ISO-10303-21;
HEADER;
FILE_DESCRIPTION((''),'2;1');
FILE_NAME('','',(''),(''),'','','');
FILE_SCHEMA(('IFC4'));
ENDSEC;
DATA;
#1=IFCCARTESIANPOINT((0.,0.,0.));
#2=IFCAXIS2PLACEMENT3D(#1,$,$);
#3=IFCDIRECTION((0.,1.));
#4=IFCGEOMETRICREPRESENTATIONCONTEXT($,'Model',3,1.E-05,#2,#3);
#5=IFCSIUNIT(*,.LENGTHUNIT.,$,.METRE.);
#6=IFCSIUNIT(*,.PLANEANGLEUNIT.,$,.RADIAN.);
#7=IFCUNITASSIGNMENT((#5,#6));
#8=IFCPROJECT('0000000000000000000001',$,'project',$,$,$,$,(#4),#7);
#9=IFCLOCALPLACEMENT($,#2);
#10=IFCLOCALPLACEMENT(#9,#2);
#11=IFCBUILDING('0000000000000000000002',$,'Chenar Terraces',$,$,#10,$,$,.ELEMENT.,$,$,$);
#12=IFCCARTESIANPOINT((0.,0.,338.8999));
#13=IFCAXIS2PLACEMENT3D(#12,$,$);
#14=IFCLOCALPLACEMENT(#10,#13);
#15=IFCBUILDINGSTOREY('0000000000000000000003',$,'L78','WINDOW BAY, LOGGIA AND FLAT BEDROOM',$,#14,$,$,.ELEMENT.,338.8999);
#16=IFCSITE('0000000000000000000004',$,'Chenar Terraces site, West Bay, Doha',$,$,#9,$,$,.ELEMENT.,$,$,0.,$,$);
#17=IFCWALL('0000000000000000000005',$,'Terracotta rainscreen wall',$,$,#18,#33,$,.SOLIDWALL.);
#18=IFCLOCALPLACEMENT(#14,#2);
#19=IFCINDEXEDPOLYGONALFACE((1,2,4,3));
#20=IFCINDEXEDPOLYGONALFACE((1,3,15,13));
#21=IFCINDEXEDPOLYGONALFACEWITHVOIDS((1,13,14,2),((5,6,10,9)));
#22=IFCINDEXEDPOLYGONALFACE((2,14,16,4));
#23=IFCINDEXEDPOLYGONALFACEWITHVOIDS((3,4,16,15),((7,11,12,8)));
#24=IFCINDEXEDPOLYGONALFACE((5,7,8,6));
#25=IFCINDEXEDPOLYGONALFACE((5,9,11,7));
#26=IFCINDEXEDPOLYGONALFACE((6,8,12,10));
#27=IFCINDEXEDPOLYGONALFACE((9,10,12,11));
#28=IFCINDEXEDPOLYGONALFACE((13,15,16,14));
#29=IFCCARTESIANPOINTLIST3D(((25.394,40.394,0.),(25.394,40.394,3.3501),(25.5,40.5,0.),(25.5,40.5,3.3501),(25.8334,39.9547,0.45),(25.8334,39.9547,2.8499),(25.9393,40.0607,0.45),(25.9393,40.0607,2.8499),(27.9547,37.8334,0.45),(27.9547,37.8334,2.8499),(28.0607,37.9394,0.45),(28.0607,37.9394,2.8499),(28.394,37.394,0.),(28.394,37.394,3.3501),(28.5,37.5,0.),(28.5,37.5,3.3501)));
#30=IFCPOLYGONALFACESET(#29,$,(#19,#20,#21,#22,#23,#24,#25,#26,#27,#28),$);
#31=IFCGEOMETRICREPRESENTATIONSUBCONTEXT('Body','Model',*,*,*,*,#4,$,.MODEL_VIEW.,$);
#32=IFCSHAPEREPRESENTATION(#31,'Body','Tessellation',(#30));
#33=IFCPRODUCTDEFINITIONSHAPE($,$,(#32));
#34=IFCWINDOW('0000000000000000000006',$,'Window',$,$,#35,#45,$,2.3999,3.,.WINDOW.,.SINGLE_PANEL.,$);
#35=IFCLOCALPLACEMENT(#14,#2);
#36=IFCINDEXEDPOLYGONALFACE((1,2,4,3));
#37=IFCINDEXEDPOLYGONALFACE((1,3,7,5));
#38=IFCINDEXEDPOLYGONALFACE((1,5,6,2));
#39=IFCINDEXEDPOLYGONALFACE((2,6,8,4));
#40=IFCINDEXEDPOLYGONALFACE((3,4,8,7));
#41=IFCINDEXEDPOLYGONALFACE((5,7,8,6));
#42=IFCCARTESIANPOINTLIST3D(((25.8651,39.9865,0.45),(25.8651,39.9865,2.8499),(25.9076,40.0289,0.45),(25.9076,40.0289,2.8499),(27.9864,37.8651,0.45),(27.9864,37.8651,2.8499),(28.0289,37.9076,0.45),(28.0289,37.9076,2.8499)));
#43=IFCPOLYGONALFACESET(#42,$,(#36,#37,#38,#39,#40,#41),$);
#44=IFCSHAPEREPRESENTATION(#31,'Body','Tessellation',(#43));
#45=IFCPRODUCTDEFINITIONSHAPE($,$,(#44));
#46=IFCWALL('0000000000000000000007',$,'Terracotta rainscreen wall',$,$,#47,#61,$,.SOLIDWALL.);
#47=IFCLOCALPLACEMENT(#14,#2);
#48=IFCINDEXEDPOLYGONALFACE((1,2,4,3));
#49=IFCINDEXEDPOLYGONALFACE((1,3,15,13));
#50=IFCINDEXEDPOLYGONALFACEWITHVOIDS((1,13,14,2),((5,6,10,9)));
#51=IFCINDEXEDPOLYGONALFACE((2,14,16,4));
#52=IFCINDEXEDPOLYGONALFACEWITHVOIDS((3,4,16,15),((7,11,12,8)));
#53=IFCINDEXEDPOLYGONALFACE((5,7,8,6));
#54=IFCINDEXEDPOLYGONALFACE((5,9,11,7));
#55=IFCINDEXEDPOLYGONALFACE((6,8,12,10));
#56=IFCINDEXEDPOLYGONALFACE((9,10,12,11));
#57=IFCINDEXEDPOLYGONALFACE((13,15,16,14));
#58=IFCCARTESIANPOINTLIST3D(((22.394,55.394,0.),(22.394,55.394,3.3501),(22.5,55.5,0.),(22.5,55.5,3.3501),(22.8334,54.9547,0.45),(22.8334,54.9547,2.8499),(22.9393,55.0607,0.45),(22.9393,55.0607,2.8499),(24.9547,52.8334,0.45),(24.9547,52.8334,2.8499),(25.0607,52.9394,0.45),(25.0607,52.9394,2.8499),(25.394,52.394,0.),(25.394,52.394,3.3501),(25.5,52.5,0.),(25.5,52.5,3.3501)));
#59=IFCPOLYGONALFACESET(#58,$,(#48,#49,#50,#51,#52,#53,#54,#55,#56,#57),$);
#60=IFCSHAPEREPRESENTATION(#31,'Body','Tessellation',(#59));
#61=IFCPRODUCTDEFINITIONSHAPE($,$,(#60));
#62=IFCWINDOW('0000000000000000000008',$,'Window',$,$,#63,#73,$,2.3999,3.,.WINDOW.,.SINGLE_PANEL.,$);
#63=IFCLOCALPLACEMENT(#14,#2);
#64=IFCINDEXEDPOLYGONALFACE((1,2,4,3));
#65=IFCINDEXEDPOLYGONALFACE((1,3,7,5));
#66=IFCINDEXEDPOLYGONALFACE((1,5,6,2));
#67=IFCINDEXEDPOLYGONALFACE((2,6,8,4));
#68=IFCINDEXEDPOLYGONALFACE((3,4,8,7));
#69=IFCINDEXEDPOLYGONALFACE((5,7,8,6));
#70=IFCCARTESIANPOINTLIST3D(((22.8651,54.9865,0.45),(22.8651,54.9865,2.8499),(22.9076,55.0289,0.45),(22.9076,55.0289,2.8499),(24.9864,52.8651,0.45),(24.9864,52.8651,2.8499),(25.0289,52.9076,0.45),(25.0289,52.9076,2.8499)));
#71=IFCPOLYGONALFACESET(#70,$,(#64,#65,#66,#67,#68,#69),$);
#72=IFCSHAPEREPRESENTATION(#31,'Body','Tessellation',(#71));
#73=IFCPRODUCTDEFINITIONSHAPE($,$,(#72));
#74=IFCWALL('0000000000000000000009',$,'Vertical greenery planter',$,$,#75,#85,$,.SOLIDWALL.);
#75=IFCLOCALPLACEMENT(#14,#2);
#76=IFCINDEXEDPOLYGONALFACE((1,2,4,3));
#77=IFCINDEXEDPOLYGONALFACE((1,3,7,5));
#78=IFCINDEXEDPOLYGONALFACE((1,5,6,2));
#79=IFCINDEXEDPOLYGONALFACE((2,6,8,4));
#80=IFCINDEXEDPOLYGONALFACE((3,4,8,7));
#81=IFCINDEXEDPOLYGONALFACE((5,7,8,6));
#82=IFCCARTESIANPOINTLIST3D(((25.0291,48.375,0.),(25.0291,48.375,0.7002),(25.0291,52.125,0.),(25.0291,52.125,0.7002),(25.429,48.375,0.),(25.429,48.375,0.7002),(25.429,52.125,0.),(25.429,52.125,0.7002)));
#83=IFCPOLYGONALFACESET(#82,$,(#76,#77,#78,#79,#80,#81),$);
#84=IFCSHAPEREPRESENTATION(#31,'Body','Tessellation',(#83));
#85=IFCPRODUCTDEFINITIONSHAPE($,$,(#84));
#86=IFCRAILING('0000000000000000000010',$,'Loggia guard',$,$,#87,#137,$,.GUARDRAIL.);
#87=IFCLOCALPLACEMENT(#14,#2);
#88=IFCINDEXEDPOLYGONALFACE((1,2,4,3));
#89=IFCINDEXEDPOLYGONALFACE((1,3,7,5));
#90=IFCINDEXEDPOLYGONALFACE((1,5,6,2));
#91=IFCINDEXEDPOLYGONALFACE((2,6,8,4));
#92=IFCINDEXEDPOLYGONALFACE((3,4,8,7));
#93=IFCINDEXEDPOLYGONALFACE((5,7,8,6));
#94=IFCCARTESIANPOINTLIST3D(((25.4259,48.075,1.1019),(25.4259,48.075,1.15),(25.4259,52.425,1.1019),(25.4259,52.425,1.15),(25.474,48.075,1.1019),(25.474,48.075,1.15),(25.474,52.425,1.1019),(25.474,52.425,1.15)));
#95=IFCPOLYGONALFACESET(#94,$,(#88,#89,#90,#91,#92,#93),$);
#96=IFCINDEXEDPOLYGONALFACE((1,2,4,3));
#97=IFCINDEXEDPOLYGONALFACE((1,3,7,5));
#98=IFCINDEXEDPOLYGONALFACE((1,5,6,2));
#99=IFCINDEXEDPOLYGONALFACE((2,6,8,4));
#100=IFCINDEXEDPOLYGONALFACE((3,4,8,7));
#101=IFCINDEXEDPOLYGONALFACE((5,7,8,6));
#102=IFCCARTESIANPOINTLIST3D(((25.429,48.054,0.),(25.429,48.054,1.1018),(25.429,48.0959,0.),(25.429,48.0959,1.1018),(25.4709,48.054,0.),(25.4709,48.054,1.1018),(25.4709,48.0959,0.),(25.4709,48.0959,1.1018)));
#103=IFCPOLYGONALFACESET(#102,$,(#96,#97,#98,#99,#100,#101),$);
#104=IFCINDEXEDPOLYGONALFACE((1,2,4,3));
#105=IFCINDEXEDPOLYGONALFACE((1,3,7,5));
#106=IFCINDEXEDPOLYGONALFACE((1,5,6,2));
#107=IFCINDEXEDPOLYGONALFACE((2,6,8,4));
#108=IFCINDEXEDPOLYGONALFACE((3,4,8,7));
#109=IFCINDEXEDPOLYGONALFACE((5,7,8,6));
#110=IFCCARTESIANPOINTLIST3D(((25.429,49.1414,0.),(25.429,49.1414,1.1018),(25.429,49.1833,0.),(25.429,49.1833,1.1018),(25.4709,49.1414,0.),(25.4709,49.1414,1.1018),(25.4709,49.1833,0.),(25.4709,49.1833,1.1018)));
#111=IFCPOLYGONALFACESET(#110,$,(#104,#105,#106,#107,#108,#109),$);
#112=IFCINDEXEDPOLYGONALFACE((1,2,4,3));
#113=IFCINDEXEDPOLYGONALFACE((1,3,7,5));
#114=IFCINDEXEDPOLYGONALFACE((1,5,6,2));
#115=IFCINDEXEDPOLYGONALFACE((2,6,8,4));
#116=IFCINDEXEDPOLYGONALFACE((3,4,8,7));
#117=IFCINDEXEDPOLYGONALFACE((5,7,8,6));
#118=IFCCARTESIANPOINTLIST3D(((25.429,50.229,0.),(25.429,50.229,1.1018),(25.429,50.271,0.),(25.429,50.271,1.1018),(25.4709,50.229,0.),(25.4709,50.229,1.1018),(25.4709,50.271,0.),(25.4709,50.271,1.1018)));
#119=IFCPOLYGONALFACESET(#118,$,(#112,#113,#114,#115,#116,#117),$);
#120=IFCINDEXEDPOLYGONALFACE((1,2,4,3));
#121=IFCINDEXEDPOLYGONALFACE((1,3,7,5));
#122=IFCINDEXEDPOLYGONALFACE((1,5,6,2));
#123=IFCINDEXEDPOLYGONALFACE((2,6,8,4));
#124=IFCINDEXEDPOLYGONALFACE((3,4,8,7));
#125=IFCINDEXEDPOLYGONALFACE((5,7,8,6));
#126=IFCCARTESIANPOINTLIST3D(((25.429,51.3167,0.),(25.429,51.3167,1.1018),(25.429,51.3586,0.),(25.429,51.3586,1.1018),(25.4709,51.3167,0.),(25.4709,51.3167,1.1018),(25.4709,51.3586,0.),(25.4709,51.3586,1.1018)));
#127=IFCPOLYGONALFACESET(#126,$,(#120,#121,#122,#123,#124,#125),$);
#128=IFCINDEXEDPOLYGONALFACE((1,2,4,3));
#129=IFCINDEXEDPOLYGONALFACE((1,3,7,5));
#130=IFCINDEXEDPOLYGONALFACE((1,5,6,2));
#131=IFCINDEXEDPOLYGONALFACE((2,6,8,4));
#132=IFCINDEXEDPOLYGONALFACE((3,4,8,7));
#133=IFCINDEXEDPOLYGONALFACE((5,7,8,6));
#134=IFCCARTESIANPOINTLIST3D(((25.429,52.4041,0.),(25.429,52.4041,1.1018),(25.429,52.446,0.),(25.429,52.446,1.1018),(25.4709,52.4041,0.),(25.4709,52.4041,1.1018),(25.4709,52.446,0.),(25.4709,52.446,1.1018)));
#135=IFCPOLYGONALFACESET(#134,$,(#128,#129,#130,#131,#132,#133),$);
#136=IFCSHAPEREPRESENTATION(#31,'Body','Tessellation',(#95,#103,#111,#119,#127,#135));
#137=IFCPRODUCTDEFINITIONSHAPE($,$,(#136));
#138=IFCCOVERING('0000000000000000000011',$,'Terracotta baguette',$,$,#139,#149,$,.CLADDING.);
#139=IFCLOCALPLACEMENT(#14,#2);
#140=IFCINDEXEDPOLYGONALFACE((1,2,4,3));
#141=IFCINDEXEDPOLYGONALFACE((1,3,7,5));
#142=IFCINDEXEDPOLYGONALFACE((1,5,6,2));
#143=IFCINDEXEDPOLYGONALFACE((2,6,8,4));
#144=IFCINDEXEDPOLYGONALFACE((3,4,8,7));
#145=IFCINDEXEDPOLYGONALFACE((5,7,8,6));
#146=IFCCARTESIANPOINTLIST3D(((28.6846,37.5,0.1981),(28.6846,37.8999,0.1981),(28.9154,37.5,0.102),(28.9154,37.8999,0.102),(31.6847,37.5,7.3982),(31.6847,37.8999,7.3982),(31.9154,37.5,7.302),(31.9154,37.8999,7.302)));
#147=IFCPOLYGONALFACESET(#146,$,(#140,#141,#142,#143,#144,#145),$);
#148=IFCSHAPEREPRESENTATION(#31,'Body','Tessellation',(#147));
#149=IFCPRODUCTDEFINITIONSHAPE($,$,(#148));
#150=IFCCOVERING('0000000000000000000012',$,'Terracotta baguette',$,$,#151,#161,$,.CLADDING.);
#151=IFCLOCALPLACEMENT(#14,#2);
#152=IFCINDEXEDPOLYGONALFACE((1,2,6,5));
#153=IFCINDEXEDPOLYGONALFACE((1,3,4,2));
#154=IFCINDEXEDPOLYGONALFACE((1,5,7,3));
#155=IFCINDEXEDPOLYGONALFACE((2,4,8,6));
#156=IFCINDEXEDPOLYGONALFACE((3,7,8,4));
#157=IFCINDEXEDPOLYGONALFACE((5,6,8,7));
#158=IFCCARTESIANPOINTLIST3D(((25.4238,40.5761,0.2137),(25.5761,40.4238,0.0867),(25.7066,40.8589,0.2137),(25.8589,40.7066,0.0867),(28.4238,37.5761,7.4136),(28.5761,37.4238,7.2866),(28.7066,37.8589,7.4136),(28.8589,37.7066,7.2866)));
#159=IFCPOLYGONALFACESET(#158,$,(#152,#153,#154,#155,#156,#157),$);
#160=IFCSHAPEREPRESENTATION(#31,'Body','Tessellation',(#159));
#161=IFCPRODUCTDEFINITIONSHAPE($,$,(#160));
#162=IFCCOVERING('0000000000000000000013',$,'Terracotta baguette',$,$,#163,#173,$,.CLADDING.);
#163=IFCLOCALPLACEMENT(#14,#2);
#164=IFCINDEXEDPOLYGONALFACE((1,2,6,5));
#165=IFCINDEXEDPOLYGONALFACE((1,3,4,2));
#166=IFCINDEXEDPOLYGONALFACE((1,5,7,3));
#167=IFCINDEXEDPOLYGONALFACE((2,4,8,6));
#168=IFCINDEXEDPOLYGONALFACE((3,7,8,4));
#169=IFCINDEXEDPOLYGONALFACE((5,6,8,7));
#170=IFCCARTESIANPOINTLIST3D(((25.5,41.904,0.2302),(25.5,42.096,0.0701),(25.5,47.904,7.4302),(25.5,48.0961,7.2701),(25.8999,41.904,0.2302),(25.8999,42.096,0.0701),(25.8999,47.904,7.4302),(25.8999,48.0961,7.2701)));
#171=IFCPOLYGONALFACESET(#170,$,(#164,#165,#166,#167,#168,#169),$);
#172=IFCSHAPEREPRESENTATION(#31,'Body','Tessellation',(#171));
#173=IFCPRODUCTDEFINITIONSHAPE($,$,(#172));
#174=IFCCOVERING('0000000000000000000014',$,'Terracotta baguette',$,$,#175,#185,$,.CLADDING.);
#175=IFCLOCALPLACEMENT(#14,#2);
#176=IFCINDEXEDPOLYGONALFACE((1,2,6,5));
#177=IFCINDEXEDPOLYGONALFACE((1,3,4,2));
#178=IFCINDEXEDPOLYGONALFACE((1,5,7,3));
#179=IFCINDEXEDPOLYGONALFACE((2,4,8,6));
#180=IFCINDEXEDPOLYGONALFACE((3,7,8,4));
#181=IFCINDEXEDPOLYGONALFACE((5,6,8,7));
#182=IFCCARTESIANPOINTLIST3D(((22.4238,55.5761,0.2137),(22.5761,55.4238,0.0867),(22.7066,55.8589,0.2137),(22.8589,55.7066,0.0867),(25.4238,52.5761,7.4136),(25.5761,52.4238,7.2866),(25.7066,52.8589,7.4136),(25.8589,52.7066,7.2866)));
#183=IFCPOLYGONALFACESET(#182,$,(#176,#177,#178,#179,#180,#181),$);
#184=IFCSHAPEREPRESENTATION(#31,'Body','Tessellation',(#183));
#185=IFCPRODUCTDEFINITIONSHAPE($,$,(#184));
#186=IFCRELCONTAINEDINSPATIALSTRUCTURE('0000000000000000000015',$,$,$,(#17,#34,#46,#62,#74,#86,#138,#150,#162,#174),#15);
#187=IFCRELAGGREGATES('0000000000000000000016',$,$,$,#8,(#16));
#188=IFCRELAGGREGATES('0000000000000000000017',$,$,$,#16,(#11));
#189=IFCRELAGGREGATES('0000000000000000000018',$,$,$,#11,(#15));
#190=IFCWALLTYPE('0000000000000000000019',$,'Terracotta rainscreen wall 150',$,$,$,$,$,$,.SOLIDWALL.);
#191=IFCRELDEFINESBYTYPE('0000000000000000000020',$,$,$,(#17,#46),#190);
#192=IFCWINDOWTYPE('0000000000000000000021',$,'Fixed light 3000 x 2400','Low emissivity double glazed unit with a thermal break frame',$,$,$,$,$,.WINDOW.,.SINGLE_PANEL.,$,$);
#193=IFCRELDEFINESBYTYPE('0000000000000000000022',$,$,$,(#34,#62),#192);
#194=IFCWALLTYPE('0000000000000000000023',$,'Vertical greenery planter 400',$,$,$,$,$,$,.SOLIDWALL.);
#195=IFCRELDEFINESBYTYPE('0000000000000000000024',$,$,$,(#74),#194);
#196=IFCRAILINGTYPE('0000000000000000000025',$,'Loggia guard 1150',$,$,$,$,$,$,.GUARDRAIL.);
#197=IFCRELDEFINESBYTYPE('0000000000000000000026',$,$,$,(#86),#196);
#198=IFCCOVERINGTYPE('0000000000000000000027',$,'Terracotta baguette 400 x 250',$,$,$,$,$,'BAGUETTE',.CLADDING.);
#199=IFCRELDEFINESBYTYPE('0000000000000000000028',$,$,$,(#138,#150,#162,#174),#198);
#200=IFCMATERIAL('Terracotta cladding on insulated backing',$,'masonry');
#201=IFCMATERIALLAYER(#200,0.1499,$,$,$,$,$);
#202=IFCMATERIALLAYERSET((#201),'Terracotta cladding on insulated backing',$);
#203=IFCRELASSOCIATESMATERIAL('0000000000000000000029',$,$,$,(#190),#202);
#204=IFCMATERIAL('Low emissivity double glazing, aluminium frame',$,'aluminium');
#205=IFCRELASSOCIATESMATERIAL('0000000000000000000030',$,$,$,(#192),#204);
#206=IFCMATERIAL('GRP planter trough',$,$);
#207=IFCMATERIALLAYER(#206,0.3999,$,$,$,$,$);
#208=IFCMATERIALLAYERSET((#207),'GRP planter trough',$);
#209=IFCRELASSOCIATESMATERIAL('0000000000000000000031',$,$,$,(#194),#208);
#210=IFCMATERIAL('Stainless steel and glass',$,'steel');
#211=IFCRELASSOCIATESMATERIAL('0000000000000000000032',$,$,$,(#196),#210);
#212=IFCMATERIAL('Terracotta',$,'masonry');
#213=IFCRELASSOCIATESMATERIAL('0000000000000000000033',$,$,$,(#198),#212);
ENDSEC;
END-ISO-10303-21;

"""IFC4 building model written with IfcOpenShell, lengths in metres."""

from ifc_helpers import new_model, si_unit, direction, frame, frame_2d, origin, origin_2d, place, context, subcontext, project, spatial, rectangle, extrude, material, layer, layer_set, material_profile, profile_set, type_object, element, fill, save


model = new_model("IFC4")

# Units and contexts
model_context = context("Model", 3, precision=1e-05, world=origin(), true_north=direction((0.0, 1.0)))
body_context = subcontext(model_context, "Body", "Model", "MODEL_VIEW")
ifc_project = project(units=[si_unit("LENGTHUNIT", "METRE"), si_unit("PLANEANGLEUNIT", "RADIAN")], contexts=[model_context])

# Site, building, storey
site_placement = place(None, origin())
site = spatial("IfcSite", under=ifc_project, at=site_placement, Name="Chenar Terraces site, West Bay, Doha", CompositionType="ELEMENT", RefElevation=0.0)
building_placement = place(site_placement, origin())
building = spatial("IfcBuilding", under=site, at=building_placement, Name="Chenar Terraces", CompositionType="ELEMENT")
storey_placement = place(building_placement, frame((0.0, 0.0, 338.8999)))
storey = spatial("IfcBuildingStorey", under=building, at=storey_placement, Name="L78", Description="WINDOW BAY, LOGGIA AND FLAT BEDROOM", CompositionType="ELEMENT", Elevation=338.8999)

# Walls, openings, windows
ifc_material_1 = material(Name="Terracotta cladding on insulated backing", Category="masonry")
ifc_layer_1 = layer(ifc_material_1, 0.1499)
ifc_layer_set_1 = layer_set([ifc_layer_1], Name="Terracotta cladding on insulated backing")
wall_type_1 = type_object("IfcWallType", Name="Terracotta rainscreen wall 150", PredefinedType="SOLIDWALL", material=ifc_layer_set_1)
wall_1_placement = place(storey_placement, frame((28.447, 37.447, 0.0), z_axis=(0.0, 0.0, 1.0), x_axis=(-0.707107, 0.707107, 0.0)))
wall_1 = element("IfcWall", 1, at=wall_1_placement, inside=storey, type_object=wall_type_1, Name="Terracotta rainscreen wall", PredefinedType="SOLIDWALL", context=body_context, shape_type="SweptSolid", body=[
    extrude(rectangle(XDim=4.2427, YDim=0.1499, at=frame_2d((2.1213, 0.0))), origin(), (0.0, 0.0, 1.0), 3.3501),
])
opening_1_placement = place(wall_1_placement, frame((0.6213, 0.0, 0.45)))
opening_1 = element("IfcOpeningElement", 2, at=opening_1_placement, cuts=wall_1, PredefinedType="OPENING", context=body_context, shape_type="SweptSolid", body=[
    extrude(rectangle(XDim=3.0, YDim=2.3999, at=frame_2d((1.5, 1.2))), frame((0.0, 0.085, 0.0), z_axis=(0.0, -1.0, 0.0), x_axis=(1.0, 0.0, 0.0)), (0.0, 0.0, 1.0), 0.1699),
])
ifc_material_2 = material(Name="Low emissivity double glazing, aluminium frame", Category="aluminium")
window_type_1 = type_object("IfcWindowType", Name="Fixed light 3000 x 2400", Description="Low emissivity double glazed unit with a thermal break frame", PartitioningType="SINGLE_PANEL", PredefinedType="WINDOW", material=ifc_material_2)
window_1_placement = place(opening_1_placement, origin())
window_1 = element("IfcWindow", 3, at=window_1_placement, inside=storey, type_object=window_type_1, Name="Window", OverallHeight=2.3999, OverallWidth=3.0, PartitioningType="SINGLE_PANEL", PredefinedType="WINDOW", context=body_context, shape_type="SweptSolid", body=[
    extrude(rectangle(XDim=3.0, YDim=2.3999, at=frame_2d((1.5, 1.2))), frame((0.0, 0.03, 0.0), z_axis=(0.0, -1.0, 0.0), x_axis=(1.0, 0.0, 0.0)), (0.0, 0.0, 1.0), 0.0601),
])
fill(opening_1, window_1)
wall_2_placement = place(storey_placement, frame((25.447, 52.447, 0.0), z_axis=(0.0, 0.0, 1.0), x_axis=(-0.707107, 0.707107, 0.0)))
wall_2 = element("IfcWall", 4, at=wall_2_placement, inside=storey, type_object=wall_type_1, Name="Terracotta rainscreen wall", PredefinedType="SOLIDWALL", context=body_context, shape_type="SweptSolid", body=[
    extrude(rectangle(XDim=4.2427, YDim=0.1499, at=frame_2d((2.1213, 0.0))), origin(), (0.0, 0.0, 1.0), 3.3501),
])
opening_2_placement = place(wall_2_placement, frame((0.6213, 0.0, 0.45)))
opening_2 = element("IfcOpeningElement", 5, at=opening_2_placement, cuts=wall_2, PredefinedType="OPENING", context=body_context, shape_type="SweptSolid", body=[
    extrude(rectangle(XDim=3.0, YDim=2.3999, at=frame_2d((1.5, 1.2))), frame((0.0, 0.085, 0.0), z_axis=(0.0, -1.0, 0.0), x_axis=(1.0, 0.0, 0.0)), (0.0, 0.0, 1.0), 0.1699),
])
window_2_placement = place(opening_2_placement, origin())
window_2 = element("IfcWindow", 6, at=window_2_placement, inside=storey, type_object=window_type_1, Name="Window", OverallHeight=2.3999, OverallWidth=3.0, PartitioningType="SINGLE_PANEL", PredefinedType="WINDOW", context=body_context, shape_type="SweptSolid", body=[
    extrude(rectangle(XDim=3.0, YDim=2.3999, at=frame_2d((1.5, 1.2))), frame((0.0, 0.03, 0.0), z_axis=(0.0, -1.0, 0.0), x_axis=(1.0, 0.0, 0.0)), (0.0, 0.0, 1.0), 0.0601),
])
fill(opening_2, window_2)

# Wall
ifc_material_3 = material(Name="GRP planter trough")
ifc_layer_2 = layer(ifc_material_3, 0.3999)
ifc_layer_set_2 = layer_set([ifc_layer_2], Name="GRP planter trough")
wall_type_2 = type_object("IfcWallType", Name="Vertical greenery planter 400", PredefinedType="SOLIDWALL", material=ifc_layer_set_2)
wall_3_placement = place(storey_placement, frame((25.229, 48.375, 0.0), z_axis=(0.0, 0.0, 1.0), x_axis=(0.0, 1.0, 0.0)))
element("IfcWall", 7, at=wall_3_placement, inside=storey, type_object=wall_type_2, Name="Vertical greenery planter", PredefinedType="SOLIDWALL", context=body_context, shape_type="SweptSolid", body=[
    extrude(rectangle(XDim=3.75, YDim=0.3999, at=frame_2d((1.875, 0.0))), origin(), (0.0, 0.0, 1.0), 0.7002),
])

# Railing
ifc_material_4 = material(Name="Stainless steel and glass", Category="steel")
railing_type = type_object("IfcRailingType", Name="Loggia guard 1150", PredefinedType="GUARDRAIL", material=ifc_material_4)
railing_placement = place(storey_placement, frame((25.45, 48.075, 0.0)))
element("IfcRailing", 8, at=railing_placement, inside=storey, type_object=railing_type, Name="Loggia guard", PredefinedType="GUARDRAIL", context=body_context, shape_type="SweptSolid", body=[
    extrude(rectangle(XDim=0.0481, YDim=0.0481, at=origin_2d()), frame((0.0, 0.0, 1.126), z_axis=(0.0, 1.0, 0.0), x_axis=(-1.0, 0.0, 0.0)), (0.0, 0.0, 1.0), 4.3501),
    extrude(rectangle(XDim=0.042, YDim=0.042, at=origin_2d()), origin(), (0.0, 0.0, 1.0), 1.1018),
    extrude(rectangle(XDim=0.042, YDim=0.042, at=origin_2d()), frame((0.0, 1.0874, 0.0)), (0.0, 0.0, 1.0), 1.1018),
    extrude(rectangle(XDim=0.042, YDim=0.042, at=origin_2d()), frame((0.0, 2.175, 0.0)), (0.0, 0.0, 1.0), 1.1018),
    extrude(rectangle(XDim=0.042, YDim=0.042, at=origin_2d()), frame((0.0, 3.2627, 0.0)), (0.0, 0.0, 1.0), 1.1018),
    extrude(rectangle(XDim=0.042, YDim=0.042, at=origin_2d()), frame((0.0, 4.3501, 0.0)), (0.0, 0.0, 1.0), 1.1018),
])

# Coverings
ifc_material_5 = material(Name="Terracotta", Category="masonry")
ifc_material_profile_1 = material_profile(ifc_material_5, rectangle(XDim=0.3999, YDim=0.25, at=origin_2d()), Name="Terracotta baguette 400 x 250")
ifc_profile_set_1 = profile_set([ifc_material_profile_1], Name="Terracotta")
covering_type = type_object("IfcCoveringType", Name="Terracotta baguette 400 x 250", ElementType="BAGUETTE", PredefinedType="CLADDING", material=ifc_profile_set_1)
covering_1_placement = place(storey_placement, frame((31.8, 37.7, 7.3501), z_axis=(-0.384618, 0.0, -0.923076), x_axis=(0.0, -1.0, 0.0)))
element("IfcCovering", 9, at=covering_1_placement, inside=storey, type_object=covering_type, Name="Terracotta baguette", PredefinedType="CLADDING", context=body_context, shape_type="SweptSolid", body=[
    extrude(rectangle(XDim=0.3999, YDim=0.25, at=origin_2d()), origin(), (0.0, 0.0, 1.0), 7.8),
])
covering_2_placement = place(storey_placement, frame((28.6414, 37.6414, 7.3501), z_axis=(-0.358981, 0.358981, -0.861548), x_axis=(-0.707107, -0.707107, 0.0)))
element("IfcCovering", 10, at=covering_2_placement, inside=storey, type_object=covering_type, Name="Terracotta baguette", PredefinedType="CLADDING", context=body_context, shape_type="SweptSolid", body=[
    extrude(rectangle(XDim=0.3999, YDim=0.25, at=origin_2d()), origin(), (0.0, 0.0, 1.0), 8.3569),
])
covering_3_placement = place(storey_placement, frame((25.7, 42.0, 0.1501), z_axis=(0.0, 0.640187, 0.768219), x_axis=(-1.0, 0.0, 0.0)))
element("IfcCovering", 11, at=covering_3_placement, inside=storey, type_object=covering_type, Name="Terracotta baguette", PredefinedType="CLADDING", context=body_context, shape_type="SweptSolid", body=[
    extrude(rectangle(XDim=0.3999, YDim=0.25, at=origin_2d()), origin(), (0.0, 0.0, 1.0), 9.3723),
])
covering_4_placement = place(storey_placement, frame((25.6414, 52.6414, 7.3501), z_axis=(-0.358981, 0.358981, -0.861548), x_axis=(-0.707107, -0.707107, 0.0)))
element("IfcCovering", 12, at=covering_4_placement, inside=storey, type_object=covering_type, Name="Terracotta baguette", PredefinedType="CLADDING", context=body_context, shape_type="SweptSolid", body=[
    extrude(rectangle(XDim=0.3999, YDim=0.25, at=origin_2d()), origin(), (0.0, 0.0, 1.0), 8.3569),
])

save(model, "model.ifc")
